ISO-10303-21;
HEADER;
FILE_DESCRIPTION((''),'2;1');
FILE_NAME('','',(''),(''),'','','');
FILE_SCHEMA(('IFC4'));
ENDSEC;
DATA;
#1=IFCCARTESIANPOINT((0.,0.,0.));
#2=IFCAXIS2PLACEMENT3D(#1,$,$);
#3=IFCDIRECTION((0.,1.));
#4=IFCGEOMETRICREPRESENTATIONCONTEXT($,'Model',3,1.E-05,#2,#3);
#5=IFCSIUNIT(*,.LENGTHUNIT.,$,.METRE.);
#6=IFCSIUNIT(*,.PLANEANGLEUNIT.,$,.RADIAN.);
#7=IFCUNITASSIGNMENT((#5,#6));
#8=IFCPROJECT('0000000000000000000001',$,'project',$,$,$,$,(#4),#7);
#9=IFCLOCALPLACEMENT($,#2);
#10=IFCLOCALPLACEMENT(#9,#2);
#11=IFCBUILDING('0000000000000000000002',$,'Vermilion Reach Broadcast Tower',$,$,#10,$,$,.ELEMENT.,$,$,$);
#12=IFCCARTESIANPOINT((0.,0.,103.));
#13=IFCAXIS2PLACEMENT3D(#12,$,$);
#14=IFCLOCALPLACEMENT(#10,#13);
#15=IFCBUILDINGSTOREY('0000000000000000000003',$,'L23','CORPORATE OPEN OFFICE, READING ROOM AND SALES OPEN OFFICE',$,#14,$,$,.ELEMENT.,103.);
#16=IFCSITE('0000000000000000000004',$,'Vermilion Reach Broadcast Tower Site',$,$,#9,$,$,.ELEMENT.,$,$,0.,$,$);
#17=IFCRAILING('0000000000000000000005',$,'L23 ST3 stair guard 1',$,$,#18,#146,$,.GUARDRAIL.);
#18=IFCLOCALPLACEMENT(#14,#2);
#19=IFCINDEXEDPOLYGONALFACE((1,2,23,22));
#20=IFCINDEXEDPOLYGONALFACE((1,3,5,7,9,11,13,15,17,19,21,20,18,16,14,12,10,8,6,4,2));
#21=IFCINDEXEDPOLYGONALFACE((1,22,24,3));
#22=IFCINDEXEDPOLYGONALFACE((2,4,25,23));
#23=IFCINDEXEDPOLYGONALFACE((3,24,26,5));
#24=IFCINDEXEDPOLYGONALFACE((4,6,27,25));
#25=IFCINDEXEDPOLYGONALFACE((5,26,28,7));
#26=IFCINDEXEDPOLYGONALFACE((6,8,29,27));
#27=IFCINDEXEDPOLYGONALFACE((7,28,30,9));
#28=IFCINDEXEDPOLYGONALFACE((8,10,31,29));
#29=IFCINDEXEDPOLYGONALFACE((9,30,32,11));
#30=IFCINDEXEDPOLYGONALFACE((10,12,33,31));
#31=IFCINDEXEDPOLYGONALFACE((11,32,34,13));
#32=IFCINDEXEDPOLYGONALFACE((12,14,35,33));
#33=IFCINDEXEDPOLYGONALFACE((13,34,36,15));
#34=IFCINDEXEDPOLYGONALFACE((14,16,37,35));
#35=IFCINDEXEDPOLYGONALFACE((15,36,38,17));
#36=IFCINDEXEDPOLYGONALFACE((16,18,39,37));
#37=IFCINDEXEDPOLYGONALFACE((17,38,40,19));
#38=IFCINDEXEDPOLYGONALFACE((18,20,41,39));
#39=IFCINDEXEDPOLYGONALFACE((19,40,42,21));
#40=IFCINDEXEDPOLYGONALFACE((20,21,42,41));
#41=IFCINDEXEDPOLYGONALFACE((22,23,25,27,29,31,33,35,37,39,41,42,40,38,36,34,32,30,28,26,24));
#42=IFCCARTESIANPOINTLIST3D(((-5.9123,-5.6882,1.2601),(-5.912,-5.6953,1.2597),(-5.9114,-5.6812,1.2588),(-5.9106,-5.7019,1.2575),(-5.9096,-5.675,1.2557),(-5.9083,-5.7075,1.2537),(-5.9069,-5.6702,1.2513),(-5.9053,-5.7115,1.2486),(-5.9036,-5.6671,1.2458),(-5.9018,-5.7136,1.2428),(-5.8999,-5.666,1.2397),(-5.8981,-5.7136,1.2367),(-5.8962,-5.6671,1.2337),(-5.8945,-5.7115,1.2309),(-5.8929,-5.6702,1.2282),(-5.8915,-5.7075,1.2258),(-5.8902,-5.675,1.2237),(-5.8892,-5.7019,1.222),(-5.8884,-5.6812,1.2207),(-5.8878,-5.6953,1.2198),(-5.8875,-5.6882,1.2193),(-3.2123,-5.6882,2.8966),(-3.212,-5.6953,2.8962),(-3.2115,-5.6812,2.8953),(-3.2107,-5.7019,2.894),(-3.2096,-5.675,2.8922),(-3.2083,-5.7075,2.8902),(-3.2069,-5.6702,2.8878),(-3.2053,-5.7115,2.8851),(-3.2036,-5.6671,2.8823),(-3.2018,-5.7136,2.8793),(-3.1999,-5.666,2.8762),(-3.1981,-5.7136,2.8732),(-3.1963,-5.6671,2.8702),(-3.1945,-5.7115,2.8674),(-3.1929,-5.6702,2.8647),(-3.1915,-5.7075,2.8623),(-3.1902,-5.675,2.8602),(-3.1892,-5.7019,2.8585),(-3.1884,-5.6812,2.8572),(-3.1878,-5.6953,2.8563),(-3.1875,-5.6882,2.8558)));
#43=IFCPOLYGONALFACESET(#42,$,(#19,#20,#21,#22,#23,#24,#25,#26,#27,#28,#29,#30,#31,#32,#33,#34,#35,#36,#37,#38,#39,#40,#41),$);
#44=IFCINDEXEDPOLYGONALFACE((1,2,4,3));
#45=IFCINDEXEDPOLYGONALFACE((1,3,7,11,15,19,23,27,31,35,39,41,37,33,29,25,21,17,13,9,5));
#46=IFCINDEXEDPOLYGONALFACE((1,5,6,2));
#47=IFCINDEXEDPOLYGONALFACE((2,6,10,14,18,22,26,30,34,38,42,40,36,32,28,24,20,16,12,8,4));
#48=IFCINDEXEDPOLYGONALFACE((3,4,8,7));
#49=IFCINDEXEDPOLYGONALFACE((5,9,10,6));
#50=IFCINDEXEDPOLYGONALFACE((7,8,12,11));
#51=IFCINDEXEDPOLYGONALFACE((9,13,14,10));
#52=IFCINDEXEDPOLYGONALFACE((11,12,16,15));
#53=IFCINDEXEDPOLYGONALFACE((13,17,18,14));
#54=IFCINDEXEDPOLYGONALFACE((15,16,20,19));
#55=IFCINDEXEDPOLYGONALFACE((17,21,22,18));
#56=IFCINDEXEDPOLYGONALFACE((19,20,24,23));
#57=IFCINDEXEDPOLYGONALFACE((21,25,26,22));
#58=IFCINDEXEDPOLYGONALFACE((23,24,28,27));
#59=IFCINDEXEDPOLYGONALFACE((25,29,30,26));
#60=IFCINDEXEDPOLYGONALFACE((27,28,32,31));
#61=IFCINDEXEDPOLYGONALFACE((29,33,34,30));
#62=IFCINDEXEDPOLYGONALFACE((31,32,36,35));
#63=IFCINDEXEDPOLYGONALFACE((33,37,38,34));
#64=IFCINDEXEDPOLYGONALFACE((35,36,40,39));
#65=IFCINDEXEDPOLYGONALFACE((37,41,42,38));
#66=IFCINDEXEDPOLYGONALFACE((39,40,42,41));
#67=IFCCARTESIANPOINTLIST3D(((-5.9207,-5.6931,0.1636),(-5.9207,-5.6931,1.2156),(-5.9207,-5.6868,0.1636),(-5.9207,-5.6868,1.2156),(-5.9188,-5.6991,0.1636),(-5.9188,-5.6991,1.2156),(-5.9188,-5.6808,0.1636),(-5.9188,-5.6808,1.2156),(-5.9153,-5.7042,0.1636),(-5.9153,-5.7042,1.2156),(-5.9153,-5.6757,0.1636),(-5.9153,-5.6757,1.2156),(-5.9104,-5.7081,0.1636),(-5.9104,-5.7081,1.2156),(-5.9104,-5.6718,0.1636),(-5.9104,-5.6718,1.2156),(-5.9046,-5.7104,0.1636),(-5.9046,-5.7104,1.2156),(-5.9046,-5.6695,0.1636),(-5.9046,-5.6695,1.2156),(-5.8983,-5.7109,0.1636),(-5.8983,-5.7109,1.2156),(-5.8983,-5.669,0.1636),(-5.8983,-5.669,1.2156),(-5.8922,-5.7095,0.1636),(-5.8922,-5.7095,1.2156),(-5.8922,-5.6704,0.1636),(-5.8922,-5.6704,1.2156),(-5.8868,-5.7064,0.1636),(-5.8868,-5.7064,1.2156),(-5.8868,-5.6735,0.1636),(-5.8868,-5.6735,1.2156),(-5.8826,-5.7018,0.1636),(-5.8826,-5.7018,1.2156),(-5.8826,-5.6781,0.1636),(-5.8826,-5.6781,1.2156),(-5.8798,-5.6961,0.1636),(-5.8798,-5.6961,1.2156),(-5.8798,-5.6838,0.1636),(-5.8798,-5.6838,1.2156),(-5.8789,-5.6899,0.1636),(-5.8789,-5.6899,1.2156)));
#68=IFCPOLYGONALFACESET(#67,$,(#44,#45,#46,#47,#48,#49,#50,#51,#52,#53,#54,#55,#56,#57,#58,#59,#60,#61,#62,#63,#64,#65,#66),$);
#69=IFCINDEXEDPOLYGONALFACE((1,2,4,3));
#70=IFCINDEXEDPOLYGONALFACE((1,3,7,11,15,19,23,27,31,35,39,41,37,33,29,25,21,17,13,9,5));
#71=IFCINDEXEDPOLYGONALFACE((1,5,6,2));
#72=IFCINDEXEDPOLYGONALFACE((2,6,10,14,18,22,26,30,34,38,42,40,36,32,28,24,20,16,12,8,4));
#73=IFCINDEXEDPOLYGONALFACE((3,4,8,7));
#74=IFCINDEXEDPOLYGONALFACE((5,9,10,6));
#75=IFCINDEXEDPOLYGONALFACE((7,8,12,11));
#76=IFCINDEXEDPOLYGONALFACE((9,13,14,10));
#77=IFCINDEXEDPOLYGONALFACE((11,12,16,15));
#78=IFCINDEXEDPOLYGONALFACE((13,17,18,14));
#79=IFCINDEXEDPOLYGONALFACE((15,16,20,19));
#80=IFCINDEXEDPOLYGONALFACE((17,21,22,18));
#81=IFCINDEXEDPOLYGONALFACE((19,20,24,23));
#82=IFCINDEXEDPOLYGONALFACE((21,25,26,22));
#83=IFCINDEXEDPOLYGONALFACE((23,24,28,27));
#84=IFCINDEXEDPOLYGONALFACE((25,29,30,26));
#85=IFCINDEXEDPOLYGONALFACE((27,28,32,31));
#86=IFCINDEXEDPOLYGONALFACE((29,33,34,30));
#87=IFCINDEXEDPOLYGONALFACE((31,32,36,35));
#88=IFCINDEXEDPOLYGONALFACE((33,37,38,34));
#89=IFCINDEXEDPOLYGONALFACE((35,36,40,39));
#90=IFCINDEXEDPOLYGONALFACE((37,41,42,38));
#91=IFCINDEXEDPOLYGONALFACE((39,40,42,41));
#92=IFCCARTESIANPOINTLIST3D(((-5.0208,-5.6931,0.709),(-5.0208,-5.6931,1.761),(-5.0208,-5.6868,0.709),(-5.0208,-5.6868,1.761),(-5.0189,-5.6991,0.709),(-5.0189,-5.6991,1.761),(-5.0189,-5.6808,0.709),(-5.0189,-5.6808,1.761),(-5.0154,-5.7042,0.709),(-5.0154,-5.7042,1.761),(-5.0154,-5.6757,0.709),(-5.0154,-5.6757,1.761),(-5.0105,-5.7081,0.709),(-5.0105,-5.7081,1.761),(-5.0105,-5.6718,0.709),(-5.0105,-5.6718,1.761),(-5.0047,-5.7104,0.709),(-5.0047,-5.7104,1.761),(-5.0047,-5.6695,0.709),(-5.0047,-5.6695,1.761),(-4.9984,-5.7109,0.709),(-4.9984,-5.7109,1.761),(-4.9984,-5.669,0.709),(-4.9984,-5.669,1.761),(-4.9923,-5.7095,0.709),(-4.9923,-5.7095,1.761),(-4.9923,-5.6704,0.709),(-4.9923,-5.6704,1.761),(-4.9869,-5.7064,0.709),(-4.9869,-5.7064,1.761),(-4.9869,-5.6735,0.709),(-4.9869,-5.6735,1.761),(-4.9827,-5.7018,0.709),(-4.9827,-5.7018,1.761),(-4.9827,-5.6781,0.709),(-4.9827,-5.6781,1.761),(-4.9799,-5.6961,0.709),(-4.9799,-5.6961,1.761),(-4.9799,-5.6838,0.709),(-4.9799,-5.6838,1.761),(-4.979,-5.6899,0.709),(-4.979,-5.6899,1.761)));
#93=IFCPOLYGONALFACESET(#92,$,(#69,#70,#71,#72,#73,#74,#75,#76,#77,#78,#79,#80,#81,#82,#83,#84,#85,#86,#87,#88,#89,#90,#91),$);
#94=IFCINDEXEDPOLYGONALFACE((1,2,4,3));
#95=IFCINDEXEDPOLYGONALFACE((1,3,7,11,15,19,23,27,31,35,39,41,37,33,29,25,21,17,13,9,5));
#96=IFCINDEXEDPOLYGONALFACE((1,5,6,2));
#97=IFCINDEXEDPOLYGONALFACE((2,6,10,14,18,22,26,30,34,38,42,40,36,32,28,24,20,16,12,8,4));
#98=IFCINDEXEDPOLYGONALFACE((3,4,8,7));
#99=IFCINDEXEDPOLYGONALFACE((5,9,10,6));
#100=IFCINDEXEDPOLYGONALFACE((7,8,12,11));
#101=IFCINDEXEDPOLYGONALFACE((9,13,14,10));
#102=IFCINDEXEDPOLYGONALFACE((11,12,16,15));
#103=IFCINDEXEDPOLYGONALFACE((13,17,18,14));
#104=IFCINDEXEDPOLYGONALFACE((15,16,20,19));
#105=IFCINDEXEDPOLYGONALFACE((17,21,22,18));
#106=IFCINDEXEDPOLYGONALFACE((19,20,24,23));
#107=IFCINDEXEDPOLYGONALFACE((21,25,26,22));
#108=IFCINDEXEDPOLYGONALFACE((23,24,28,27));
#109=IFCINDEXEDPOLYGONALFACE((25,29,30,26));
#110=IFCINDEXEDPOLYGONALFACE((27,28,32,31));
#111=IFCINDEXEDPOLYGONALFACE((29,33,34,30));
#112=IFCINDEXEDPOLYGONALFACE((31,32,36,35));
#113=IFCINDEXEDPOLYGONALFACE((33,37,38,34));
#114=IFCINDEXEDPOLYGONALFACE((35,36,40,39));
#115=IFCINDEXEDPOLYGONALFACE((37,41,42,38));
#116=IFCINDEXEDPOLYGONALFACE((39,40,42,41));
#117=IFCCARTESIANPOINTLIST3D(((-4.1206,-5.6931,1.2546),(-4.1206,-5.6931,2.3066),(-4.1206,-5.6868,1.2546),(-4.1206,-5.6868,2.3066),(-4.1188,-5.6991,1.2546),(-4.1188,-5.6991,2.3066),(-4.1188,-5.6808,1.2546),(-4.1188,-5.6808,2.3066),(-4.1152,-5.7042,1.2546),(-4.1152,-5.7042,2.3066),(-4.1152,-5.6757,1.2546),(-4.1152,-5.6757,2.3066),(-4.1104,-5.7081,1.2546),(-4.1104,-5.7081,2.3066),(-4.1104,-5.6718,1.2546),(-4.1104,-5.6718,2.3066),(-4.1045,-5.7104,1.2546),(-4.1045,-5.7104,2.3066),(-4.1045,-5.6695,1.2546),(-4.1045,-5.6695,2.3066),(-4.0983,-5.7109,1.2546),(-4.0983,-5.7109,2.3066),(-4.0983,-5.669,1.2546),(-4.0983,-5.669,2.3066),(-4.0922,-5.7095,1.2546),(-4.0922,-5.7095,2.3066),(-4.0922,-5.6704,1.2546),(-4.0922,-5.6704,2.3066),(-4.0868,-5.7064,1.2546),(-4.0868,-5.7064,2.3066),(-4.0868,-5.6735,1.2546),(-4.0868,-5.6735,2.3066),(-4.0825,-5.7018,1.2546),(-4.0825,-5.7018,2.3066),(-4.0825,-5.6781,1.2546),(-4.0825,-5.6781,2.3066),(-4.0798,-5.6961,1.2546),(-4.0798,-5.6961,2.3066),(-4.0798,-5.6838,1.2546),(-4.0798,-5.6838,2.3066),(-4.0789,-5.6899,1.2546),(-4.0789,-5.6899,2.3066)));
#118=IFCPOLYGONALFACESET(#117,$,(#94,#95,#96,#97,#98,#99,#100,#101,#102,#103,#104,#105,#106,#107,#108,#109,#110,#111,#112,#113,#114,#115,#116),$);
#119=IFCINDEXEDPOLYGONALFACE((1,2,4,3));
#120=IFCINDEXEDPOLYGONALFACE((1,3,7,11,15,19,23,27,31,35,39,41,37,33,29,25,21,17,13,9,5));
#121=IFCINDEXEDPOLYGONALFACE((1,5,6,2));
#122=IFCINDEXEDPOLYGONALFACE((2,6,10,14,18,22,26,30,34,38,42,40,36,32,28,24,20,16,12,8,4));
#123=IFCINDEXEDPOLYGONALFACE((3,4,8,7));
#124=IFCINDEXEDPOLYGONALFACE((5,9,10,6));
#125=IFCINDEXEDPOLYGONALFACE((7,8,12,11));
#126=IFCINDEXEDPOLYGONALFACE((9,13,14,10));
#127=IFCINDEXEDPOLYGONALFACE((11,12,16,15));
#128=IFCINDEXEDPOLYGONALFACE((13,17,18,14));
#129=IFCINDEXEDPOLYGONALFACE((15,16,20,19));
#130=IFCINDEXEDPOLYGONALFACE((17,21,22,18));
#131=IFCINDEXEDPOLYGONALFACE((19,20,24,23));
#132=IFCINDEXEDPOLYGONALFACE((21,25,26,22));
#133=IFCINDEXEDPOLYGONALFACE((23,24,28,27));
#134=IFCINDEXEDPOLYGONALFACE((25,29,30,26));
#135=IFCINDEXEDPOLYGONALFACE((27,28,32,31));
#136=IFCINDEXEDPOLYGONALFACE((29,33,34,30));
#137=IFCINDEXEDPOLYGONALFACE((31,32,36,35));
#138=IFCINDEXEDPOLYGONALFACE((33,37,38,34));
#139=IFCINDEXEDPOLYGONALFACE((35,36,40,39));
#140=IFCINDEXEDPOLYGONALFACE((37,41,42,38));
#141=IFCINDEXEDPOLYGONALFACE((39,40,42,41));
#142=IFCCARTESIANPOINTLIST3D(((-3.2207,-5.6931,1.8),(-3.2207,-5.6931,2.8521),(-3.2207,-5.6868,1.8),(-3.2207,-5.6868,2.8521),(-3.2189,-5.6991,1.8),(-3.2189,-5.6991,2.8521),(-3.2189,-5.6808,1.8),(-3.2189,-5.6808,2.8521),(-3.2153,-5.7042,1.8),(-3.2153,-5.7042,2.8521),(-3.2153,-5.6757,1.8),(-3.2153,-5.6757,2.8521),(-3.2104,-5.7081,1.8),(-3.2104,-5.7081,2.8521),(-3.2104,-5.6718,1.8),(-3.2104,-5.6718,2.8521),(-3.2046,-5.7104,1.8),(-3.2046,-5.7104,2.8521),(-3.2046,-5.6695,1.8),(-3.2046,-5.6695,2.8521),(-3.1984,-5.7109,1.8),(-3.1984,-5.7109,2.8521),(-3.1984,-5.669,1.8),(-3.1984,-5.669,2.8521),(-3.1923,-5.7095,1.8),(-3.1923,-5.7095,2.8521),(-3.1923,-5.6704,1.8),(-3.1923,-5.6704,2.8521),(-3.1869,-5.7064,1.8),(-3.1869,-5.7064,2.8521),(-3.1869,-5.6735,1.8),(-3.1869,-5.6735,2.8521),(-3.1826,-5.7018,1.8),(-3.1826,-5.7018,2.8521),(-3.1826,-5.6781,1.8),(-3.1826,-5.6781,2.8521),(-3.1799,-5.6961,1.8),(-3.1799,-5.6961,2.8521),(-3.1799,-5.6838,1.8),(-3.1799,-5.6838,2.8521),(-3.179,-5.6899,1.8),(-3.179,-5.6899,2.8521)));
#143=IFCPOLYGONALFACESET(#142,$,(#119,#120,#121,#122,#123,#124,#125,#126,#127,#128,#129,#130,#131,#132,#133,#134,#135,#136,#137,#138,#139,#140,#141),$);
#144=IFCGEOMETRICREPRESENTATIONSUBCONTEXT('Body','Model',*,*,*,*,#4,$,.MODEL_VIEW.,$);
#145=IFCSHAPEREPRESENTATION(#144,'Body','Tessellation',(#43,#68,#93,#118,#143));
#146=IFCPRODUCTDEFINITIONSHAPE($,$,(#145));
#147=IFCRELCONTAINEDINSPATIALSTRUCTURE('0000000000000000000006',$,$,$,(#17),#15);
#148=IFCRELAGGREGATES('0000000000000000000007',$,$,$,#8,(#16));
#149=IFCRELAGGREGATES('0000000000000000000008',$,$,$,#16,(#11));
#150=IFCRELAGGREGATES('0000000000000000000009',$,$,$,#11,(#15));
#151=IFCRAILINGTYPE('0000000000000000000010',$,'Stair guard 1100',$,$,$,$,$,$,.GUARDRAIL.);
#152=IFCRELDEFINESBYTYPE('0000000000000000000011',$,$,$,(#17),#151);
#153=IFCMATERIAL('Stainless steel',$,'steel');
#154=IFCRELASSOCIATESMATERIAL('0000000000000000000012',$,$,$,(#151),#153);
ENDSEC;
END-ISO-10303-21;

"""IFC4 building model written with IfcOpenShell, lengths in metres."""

from ifc_helpers import new_model, si_unit, direction, frame, origin, origin_2d, place, context, subcontext, project, spatial, circle, extrude, material, type_object, element, save


model = new_model("IFC4")

# Units and contexts
model_context = context("Model", 3, precision=1e-05, world=origin(), true_north=direction((0.0, 1.0)))
body_context = subcontext(model_context, "Body", "Model", "MODEL_VIEW")
ifc_project = project(units=[si_unit("LENGTHUNIT", "METRE"), si_unit("PLANEANGLEUNIT", "RADIAN")], contexts=[model_context])

# Site, building, storey
site_placement = place(None, origin())
site = spatial("IfcSite", under=ifc_project, at=site_placement, Name="Vermilion Reach Broadcast Tower Site", CompositionType="ELEMENT", RefElevation=0.0)
building_placement = place(site_placement, origin())
building = spatial("IfcBuilding", under=site, at=building_placement, Name="Vermilion Reach Broadcast Tower", CompositionType="ELEMENT")
storey_placement = place(building_placement, frame((0.0, 0.0, 103.0)))
storey = spatial("IfcBuildingStorey", under=building, at=storey_placement, Name="L23", Description="CORPORATE OPEN OFFICE, READING ROOM AND SALES OPEN OFFICE", CompositionType="ELEMENT", Elevation=103.0)

# Railing
ifc_material_1 = material(Name="Stainless steel", Category="steel")
railing_type_1 = type_object("IfcRailingType", Name="Stair guard 1100", PredefinedType="GUARDRAIL", material=ifc_material_1)
railing_1_placement = place(storey_placement, frame((-5.8999, -5.6899, 0.1636)))
element("IfcRailing", 1, at=railing_1_placement, inside=storey, type_object=railing_type_1, Name="L23 ST3 stair guard 1", PredefinedType="GUARDRAIL", context=body_context, shape_type="SweptSolid", body=[
    extrude(circle(Radius=0.0239, at=origin_2d()), frame((0.0, 0.0, 1.0762), z_axis=(0.855178, 0.0, 0.518334), x_axis=(0.0, 1.0, 0.0)), (0.0, 0.0, 1.0), 3.1572),
    extrude(circle(Radius=0.021, at=origin_2d()), origin(), (0.0, 0.0, 1.0), 1.052),
    extrude(circle(Radius=0.021, at=origin_2d()), frame((0.8999, 0.0, 0.5454)), (0.0, 0.0, 1.0), 1.052),
    extrude(circle(Radius=0.021, at=origin_2d()), frame((1.8, 0.0, 1.0911)), (0.0, 0.0, 1.0), 1.052),
    extrude(circle(Radius=0.021, at=origin_2d()), frame((2.7, 0.0, 1.6365)), (0.0, 0.0, 1.0), 1.052),
])

save(model, "model.ifc")
